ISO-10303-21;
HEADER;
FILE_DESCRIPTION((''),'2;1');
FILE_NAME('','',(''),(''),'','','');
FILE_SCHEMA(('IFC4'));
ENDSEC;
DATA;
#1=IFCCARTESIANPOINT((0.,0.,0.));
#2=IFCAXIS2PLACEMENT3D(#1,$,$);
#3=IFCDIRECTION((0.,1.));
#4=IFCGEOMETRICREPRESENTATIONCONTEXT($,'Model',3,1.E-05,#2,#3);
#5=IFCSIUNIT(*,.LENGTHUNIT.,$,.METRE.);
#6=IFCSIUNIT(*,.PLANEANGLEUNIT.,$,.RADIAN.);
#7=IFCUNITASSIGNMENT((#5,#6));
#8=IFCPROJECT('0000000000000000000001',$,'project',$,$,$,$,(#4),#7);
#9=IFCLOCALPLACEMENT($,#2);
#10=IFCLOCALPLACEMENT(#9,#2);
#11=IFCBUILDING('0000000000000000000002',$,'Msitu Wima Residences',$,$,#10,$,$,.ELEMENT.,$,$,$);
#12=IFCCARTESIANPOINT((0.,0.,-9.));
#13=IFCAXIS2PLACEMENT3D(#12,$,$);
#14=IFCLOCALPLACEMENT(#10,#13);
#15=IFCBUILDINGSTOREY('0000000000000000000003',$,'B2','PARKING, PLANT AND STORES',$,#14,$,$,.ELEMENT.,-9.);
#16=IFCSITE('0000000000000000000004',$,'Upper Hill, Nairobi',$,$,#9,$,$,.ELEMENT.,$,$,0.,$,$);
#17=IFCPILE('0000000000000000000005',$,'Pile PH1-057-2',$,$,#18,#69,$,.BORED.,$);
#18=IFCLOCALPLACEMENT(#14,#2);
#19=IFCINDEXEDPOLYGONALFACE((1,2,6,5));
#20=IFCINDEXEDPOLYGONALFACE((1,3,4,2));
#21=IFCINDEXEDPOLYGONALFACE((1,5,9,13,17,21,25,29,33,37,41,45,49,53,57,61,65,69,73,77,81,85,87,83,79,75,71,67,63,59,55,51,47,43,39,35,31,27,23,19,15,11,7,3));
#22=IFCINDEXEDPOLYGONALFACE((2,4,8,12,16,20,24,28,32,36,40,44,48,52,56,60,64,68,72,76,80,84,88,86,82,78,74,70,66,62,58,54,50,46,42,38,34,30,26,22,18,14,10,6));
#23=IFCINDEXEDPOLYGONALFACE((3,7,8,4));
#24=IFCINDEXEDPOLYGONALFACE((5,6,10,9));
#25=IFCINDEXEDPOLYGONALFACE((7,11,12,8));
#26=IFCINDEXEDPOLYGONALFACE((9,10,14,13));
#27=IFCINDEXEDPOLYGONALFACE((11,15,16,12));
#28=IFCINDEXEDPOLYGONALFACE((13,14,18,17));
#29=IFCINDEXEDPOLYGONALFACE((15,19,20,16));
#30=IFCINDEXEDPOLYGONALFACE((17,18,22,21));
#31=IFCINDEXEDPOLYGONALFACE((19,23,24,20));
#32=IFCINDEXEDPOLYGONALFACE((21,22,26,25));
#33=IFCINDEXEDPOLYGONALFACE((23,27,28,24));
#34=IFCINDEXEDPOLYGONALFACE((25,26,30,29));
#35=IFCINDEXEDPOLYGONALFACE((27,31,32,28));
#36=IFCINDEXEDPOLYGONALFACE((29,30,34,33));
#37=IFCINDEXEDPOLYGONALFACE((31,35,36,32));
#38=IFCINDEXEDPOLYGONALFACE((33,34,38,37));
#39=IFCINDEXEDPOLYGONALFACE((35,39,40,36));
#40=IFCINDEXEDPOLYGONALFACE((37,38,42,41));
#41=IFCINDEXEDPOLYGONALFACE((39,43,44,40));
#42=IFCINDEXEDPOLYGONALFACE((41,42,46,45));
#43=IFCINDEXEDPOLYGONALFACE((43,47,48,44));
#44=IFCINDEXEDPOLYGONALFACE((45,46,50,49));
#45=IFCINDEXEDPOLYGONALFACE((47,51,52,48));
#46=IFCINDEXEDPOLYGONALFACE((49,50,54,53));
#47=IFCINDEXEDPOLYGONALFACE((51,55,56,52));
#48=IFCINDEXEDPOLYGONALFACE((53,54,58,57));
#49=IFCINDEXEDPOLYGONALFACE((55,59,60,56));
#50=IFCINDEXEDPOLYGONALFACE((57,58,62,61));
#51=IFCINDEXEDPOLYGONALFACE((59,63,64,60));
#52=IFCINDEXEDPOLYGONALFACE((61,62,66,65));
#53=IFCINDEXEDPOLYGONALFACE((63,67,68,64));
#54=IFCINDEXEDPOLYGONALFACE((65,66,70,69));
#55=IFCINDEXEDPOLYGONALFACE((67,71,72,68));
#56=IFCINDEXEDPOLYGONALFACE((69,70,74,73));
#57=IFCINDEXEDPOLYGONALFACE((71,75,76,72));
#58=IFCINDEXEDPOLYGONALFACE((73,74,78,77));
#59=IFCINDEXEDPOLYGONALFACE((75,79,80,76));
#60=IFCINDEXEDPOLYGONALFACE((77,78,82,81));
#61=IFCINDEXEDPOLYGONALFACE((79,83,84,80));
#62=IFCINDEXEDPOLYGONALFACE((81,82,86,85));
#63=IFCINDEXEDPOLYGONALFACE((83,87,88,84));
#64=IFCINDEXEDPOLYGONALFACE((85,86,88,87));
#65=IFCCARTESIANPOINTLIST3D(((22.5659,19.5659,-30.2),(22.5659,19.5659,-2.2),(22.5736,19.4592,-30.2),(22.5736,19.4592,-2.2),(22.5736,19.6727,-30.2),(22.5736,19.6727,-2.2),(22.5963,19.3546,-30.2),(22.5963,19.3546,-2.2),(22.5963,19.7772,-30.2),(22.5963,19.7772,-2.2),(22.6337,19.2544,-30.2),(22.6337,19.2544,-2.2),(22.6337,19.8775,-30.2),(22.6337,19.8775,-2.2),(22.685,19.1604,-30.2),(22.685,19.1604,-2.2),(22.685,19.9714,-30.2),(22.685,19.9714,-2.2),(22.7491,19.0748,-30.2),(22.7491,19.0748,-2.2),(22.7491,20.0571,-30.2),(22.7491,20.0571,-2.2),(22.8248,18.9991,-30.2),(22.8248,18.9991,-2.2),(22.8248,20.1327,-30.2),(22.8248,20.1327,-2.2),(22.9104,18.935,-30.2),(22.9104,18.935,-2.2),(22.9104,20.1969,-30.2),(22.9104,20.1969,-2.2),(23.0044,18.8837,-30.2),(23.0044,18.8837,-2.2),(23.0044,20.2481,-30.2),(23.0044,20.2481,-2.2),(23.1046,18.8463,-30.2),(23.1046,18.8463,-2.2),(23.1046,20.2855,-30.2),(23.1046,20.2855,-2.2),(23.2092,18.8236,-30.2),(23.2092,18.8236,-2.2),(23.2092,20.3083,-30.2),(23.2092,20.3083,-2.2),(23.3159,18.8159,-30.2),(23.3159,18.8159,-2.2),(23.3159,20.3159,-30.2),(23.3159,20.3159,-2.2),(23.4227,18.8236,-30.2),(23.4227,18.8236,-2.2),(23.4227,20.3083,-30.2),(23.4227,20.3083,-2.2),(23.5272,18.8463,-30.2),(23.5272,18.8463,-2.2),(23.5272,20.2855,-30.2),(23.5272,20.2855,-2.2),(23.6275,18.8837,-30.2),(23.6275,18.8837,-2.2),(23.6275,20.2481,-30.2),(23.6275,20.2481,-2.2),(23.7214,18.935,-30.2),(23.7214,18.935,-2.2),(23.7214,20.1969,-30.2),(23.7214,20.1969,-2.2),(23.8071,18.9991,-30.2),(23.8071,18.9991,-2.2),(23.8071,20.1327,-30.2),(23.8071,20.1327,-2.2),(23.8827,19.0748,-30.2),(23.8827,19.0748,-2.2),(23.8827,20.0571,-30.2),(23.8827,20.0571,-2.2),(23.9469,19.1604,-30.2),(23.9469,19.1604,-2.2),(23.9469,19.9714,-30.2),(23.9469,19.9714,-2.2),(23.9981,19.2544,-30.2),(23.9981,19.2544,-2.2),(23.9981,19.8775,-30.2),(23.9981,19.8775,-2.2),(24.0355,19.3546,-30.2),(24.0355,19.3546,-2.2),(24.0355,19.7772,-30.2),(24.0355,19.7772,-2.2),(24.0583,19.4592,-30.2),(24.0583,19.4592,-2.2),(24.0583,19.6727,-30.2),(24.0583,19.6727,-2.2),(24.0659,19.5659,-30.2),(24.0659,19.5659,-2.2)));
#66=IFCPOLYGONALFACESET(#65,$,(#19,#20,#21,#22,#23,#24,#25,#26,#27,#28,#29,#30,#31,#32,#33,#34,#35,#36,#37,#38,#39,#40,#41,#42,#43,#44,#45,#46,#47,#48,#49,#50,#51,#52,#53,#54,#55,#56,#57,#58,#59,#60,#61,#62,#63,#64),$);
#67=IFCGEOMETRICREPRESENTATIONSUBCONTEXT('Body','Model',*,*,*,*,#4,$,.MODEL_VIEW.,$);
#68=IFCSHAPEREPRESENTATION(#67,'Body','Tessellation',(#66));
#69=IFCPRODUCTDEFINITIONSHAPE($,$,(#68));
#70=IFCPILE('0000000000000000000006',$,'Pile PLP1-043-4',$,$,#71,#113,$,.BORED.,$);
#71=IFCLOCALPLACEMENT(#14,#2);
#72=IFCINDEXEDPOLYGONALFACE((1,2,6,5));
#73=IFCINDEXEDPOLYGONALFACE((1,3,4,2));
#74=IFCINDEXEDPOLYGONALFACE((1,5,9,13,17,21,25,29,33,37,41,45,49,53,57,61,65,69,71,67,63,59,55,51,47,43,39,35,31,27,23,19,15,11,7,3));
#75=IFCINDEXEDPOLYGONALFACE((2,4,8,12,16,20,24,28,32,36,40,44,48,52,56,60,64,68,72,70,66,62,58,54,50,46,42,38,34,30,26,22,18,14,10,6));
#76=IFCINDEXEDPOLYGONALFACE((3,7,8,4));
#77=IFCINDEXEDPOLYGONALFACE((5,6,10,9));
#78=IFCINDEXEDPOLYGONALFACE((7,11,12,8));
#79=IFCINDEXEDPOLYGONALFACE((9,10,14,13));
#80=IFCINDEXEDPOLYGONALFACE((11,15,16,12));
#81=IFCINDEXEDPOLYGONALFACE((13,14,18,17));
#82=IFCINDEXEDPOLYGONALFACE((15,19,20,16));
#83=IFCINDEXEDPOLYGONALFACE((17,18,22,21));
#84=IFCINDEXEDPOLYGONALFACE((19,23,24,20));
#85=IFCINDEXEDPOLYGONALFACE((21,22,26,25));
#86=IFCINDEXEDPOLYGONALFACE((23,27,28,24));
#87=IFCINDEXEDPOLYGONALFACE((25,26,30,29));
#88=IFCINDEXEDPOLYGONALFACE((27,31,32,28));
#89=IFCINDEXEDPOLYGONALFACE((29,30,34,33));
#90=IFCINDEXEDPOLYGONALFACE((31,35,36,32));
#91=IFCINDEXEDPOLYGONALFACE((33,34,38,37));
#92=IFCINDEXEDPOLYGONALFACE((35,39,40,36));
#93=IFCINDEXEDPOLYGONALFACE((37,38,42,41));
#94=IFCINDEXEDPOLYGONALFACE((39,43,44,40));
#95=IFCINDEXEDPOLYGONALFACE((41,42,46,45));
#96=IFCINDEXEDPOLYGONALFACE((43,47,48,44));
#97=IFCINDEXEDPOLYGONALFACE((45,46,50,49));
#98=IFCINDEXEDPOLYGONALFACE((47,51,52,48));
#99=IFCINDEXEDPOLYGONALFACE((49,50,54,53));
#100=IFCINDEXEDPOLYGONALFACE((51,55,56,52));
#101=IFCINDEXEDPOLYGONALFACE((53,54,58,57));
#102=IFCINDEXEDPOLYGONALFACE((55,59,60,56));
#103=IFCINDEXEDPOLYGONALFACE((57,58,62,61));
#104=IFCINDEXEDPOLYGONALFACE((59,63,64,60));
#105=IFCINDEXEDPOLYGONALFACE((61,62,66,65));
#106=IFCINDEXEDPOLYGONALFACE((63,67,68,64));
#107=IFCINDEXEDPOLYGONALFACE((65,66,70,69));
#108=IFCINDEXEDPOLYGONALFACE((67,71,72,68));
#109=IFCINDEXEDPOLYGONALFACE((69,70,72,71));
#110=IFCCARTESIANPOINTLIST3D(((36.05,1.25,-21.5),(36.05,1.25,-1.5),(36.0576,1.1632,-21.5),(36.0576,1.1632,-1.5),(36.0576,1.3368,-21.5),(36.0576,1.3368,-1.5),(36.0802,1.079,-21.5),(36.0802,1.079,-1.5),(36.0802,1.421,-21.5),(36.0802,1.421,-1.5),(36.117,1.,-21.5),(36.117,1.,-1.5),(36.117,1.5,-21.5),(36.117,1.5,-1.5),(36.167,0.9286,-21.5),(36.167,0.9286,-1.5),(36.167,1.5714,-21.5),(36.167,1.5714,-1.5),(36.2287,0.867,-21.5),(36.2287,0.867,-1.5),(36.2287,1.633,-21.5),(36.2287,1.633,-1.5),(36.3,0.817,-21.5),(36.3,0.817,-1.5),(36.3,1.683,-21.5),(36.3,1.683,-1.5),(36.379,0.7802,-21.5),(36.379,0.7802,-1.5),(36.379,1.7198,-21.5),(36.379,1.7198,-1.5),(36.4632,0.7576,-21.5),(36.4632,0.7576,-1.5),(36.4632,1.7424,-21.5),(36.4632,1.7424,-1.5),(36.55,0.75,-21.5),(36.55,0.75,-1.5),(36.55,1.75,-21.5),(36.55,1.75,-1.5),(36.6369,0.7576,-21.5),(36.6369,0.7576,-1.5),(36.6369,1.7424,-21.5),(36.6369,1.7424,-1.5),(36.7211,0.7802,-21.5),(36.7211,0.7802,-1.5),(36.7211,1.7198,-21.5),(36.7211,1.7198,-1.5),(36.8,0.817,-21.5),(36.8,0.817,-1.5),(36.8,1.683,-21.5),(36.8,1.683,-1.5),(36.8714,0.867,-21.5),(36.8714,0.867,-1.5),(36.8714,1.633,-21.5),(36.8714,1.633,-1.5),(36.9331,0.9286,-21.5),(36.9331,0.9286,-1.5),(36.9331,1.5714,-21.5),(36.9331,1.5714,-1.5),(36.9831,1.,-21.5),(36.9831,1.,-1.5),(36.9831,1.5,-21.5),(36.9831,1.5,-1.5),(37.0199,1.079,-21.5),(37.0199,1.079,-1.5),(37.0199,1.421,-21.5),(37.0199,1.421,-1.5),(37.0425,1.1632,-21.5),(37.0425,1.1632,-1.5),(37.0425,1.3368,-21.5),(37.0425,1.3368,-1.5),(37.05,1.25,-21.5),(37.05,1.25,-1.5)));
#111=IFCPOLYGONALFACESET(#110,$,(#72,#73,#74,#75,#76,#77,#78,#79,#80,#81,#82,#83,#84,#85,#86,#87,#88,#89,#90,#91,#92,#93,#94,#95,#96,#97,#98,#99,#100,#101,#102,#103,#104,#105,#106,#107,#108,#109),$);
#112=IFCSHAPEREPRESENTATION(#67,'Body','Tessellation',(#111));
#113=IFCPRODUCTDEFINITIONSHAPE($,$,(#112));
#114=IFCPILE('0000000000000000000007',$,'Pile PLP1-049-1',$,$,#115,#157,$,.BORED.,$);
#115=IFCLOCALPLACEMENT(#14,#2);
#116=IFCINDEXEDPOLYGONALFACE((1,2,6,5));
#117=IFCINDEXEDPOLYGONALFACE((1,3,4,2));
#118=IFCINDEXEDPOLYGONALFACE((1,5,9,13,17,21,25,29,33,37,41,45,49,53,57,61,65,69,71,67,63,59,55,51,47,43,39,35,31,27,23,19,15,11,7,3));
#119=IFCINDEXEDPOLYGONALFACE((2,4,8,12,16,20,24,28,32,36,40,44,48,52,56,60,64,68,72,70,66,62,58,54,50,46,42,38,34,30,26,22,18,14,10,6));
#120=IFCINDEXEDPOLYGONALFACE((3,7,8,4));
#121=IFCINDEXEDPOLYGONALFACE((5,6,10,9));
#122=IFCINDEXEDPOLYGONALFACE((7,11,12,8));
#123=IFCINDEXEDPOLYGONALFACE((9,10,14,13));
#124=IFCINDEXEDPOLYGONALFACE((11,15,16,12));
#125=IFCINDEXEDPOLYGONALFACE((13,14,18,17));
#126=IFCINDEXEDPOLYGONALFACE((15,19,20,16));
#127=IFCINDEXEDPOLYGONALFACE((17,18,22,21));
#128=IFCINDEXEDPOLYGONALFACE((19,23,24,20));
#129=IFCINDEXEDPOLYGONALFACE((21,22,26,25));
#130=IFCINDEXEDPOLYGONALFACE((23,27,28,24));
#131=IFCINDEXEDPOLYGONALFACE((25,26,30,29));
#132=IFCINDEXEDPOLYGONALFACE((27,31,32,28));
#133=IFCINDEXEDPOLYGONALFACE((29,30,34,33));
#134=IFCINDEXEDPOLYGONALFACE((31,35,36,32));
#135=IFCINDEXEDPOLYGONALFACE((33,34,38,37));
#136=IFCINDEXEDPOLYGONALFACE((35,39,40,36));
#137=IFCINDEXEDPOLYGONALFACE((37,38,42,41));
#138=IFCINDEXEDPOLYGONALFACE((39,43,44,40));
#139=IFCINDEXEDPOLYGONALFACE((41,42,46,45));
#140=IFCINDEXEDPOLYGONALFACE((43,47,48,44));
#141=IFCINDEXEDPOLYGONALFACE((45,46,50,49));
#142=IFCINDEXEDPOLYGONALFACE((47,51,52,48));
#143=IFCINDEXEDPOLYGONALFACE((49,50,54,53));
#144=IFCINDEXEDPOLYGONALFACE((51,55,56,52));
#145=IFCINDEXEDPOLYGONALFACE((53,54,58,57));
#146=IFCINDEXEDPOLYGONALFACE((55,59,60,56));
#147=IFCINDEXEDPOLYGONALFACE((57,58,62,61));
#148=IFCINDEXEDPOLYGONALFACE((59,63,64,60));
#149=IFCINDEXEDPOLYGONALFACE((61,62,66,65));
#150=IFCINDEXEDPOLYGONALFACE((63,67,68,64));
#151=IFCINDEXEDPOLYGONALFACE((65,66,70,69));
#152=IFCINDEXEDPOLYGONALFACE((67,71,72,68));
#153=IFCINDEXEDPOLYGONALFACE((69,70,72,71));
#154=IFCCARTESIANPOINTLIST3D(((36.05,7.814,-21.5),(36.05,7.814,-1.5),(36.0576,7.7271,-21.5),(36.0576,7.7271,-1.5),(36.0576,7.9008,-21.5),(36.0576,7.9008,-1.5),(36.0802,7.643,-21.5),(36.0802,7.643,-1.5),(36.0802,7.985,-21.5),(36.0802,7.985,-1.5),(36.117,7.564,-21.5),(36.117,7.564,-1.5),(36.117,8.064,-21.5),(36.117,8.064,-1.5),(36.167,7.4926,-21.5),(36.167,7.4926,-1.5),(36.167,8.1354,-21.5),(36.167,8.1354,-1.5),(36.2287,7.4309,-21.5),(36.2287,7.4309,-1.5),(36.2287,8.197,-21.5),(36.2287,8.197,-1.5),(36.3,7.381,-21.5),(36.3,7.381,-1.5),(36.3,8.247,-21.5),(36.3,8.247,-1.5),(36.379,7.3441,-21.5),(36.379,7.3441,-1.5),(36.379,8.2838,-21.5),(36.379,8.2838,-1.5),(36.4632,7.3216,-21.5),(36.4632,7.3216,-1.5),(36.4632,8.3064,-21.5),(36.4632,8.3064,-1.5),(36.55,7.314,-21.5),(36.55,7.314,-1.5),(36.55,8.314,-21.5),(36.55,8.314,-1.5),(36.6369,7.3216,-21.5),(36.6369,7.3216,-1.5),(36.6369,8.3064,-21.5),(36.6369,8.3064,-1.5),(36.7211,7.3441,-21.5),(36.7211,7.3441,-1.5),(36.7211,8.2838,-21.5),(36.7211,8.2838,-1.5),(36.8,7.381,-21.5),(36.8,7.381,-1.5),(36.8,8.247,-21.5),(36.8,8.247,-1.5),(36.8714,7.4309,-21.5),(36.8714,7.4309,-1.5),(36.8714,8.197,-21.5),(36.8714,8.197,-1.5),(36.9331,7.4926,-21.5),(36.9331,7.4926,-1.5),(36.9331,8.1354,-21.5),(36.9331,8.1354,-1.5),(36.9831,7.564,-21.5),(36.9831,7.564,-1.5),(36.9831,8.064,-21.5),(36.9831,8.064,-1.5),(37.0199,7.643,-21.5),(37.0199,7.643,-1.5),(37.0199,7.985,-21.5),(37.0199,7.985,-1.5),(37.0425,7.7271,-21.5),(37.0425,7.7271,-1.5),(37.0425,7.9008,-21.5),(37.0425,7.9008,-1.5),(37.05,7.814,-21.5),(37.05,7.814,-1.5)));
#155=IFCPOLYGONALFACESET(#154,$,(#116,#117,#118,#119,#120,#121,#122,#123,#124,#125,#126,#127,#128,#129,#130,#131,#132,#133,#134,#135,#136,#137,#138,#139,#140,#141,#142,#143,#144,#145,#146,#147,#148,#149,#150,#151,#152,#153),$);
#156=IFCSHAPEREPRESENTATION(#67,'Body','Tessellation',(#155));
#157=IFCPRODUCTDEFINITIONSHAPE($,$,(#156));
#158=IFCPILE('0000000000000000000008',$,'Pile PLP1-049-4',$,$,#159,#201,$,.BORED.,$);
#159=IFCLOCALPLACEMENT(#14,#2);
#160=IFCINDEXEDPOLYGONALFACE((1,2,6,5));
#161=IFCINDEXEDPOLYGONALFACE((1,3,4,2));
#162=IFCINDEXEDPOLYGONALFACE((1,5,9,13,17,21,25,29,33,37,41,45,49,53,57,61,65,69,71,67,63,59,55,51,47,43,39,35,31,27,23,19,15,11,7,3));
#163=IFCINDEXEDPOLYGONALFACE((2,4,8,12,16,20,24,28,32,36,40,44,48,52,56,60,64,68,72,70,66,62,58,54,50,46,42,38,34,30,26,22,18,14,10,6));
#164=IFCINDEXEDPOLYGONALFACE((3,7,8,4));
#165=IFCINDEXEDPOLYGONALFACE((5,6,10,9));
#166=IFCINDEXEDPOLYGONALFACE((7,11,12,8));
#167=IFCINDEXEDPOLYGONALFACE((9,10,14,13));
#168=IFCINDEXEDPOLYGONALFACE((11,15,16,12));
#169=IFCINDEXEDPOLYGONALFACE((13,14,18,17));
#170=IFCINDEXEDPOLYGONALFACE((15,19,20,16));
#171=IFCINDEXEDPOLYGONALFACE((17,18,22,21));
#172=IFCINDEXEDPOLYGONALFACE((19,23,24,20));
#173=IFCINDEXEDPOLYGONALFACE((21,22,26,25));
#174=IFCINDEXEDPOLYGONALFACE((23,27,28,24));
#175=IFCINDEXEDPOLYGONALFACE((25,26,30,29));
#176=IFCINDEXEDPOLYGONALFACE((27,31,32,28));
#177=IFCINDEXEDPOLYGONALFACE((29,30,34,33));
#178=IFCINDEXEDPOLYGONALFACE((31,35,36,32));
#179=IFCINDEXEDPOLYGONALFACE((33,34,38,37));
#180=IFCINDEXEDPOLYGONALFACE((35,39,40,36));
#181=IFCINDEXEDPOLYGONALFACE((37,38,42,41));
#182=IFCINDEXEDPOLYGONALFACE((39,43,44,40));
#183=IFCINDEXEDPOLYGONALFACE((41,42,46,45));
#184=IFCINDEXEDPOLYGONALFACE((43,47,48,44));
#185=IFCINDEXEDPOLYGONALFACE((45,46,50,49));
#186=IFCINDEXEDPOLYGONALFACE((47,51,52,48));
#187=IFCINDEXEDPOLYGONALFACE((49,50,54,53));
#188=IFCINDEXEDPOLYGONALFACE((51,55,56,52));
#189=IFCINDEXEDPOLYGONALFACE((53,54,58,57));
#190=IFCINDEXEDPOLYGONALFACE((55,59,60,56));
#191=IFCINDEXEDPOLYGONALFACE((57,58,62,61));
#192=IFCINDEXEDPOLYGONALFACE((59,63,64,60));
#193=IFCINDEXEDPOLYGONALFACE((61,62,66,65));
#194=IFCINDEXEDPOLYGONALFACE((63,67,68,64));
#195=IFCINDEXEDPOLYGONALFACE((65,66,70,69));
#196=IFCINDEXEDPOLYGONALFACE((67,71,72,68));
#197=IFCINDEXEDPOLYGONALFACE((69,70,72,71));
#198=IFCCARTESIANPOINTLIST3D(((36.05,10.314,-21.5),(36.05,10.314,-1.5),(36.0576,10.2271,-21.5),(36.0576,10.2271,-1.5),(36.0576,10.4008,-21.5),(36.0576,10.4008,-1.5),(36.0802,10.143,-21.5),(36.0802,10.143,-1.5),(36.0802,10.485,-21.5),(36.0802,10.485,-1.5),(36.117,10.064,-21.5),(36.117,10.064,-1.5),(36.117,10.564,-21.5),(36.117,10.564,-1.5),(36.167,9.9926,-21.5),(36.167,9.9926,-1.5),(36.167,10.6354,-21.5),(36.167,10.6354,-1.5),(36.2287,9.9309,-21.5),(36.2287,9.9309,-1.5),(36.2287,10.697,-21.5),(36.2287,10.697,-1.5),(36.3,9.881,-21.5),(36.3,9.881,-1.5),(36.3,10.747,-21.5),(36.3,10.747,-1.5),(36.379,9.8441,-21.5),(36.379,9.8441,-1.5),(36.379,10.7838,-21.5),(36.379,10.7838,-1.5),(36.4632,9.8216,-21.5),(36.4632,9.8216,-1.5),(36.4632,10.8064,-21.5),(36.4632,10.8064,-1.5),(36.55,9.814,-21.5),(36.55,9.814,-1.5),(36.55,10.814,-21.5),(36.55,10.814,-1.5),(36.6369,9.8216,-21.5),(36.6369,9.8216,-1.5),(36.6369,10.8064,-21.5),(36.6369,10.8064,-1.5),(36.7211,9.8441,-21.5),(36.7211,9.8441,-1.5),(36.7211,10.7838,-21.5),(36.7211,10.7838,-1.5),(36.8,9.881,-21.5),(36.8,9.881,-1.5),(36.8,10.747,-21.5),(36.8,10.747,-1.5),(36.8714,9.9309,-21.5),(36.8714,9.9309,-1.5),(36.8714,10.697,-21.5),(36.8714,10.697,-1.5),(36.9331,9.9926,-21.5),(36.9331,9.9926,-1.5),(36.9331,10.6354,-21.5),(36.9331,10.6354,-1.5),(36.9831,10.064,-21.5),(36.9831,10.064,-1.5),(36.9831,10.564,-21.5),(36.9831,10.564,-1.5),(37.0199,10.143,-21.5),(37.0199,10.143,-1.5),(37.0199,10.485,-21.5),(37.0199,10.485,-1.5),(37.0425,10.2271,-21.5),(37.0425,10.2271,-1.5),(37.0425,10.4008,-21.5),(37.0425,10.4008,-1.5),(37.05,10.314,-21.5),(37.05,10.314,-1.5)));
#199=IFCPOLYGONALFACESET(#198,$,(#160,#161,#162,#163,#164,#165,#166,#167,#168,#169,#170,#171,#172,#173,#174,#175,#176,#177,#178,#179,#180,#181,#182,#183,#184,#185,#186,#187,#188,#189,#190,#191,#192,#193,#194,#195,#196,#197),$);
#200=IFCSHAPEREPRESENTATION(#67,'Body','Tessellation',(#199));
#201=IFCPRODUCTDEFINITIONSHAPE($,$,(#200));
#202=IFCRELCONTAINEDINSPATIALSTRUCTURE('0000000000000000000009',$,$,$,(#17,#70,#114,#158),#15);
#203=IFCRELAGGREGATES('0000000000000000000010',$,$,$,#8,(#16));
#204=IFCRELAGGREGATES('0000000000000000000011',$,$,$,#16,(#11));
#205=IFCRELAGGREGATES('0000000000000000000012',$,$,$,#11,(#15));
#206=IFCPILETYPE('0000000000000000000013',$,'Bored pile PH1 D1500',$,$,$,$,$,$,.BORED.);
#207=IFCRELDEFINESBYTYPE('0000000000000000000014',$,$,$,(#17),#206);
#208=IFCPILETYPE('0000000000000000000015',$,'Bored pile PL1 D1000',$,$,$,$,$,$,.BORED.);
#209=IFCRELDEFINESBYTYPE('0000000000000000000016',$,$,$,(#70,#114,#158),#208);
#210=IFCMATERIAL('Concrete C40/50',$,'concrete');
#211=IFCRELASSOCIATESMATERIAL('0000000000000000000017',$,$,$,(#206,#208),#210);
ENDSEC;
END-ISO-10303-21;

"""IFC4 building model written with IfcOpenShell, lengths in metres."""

from ifc_helpers import new_model, si_unit, direction, frame, origin, origin_2d, place, context, subcontext, project, spatial, circle, extrude, material, type_object, element, save


model = new_model("IFC4")

# Units and contexts
model_context = context("Model", 3, precision=1e-05, world=origin(), true_north=direction((0.0, 1.0)))
body_context = subcontext(model_context, "Body", "Model", "MODEL_VIEW")
ifc_project = project(units=[si_unit("LENGTHUNIT", "METRE"), si_unit("PLANEANGLEUNIT", "RADIAN")], contexts=[model_context])

# Site, building, storey
site_placement = place(None, origin())
site = spatial("IfcSite", under=ifc_project, at=site_placement, Name="Upper Hill, Nairobi", CompositionType="ELEMENT", RefElevation=0.0)
building_placement = place(site_placement, origin())
building = spatial("IfcBuilding", under=site, at=building_placement, Name="Msitu Wima Residences", CompositionType="ELEMENT")
storey_placement = place(building_placement, frame((0.0, 0.0, -9.0)))
storey = spatial("IfcBuildingStorey", under=building, at=storey_placement, Name="B2", Description="PARKING, PLANT AND STORES", CompositionType="ELEMENT", Elevation=-9.0)

# Piles
ifc_material_1 = material(Name="Concrete C40/50", Category="concrete")
pile_type_1 = type_object("IfcPileType", Name="Bored pile PH1 D1500", PredefinedType="BORED", material=ifc_material_1)
for number, where, z_axis, x_axis, name in (
    (1, (23.3159, 19.5659, -2.2), (0.0, 0.0, -1.0), (1.0, 0.0, 0.0), "Pile PH1-057-2"),
):
    element("IfcPile", number, at=place(storey_placement, frame(where, z_axis=z_axis, x_axis=x_axis)), inside=storey, type_object=pile_type_1, Name=name, PredefinedType="BORED", context=body_context, shape_type="SweptSolid", body=[
        extrude(circle(Radius=0.75, at=origin_2d()), origin(), (0.0, 0.0, 1.0), 28.0),
    ])
pile_type_2 = type_object("IfcPileType", Name="Bored pile PL1 D1000", PredefinedType="BORED", material=ifc_material_1)
for number, where, z_axis, x_axis, name in (
    (2, (36.55, 1.25, -1.5), (0.0, 0.0, -1.0), (1.0, 0.0, 0.0), "Pile PLP1-043-4"),
    (3, (36.55, 7.814, -1.5), (0.0, 0.0, -1.0), (1.0, 0.0, 0.0), "Pile PLP1-049-1"),
    (4, (36.55, 10.314, -1.5), (0.0, 0.0, -1.0), (1.0, 0.0, 0.0), "Pile PLP1-049-4"),
):
    element("IfcPile", number, at=place(storey_placement, frame(where, z_axis=z_axis, x_axis=x_axis)), inside=storey, type_object=pile_type_2, Name=name, PredefinedType="BORED", context=body_context, shape_type="SweptSolid", body=[
        extrude(circle(Radius=0.5, at=origin_2d()), origin(), (0.0, 0.0, 1.0), 20.0),
    ])

save(model, "model.ifc")
